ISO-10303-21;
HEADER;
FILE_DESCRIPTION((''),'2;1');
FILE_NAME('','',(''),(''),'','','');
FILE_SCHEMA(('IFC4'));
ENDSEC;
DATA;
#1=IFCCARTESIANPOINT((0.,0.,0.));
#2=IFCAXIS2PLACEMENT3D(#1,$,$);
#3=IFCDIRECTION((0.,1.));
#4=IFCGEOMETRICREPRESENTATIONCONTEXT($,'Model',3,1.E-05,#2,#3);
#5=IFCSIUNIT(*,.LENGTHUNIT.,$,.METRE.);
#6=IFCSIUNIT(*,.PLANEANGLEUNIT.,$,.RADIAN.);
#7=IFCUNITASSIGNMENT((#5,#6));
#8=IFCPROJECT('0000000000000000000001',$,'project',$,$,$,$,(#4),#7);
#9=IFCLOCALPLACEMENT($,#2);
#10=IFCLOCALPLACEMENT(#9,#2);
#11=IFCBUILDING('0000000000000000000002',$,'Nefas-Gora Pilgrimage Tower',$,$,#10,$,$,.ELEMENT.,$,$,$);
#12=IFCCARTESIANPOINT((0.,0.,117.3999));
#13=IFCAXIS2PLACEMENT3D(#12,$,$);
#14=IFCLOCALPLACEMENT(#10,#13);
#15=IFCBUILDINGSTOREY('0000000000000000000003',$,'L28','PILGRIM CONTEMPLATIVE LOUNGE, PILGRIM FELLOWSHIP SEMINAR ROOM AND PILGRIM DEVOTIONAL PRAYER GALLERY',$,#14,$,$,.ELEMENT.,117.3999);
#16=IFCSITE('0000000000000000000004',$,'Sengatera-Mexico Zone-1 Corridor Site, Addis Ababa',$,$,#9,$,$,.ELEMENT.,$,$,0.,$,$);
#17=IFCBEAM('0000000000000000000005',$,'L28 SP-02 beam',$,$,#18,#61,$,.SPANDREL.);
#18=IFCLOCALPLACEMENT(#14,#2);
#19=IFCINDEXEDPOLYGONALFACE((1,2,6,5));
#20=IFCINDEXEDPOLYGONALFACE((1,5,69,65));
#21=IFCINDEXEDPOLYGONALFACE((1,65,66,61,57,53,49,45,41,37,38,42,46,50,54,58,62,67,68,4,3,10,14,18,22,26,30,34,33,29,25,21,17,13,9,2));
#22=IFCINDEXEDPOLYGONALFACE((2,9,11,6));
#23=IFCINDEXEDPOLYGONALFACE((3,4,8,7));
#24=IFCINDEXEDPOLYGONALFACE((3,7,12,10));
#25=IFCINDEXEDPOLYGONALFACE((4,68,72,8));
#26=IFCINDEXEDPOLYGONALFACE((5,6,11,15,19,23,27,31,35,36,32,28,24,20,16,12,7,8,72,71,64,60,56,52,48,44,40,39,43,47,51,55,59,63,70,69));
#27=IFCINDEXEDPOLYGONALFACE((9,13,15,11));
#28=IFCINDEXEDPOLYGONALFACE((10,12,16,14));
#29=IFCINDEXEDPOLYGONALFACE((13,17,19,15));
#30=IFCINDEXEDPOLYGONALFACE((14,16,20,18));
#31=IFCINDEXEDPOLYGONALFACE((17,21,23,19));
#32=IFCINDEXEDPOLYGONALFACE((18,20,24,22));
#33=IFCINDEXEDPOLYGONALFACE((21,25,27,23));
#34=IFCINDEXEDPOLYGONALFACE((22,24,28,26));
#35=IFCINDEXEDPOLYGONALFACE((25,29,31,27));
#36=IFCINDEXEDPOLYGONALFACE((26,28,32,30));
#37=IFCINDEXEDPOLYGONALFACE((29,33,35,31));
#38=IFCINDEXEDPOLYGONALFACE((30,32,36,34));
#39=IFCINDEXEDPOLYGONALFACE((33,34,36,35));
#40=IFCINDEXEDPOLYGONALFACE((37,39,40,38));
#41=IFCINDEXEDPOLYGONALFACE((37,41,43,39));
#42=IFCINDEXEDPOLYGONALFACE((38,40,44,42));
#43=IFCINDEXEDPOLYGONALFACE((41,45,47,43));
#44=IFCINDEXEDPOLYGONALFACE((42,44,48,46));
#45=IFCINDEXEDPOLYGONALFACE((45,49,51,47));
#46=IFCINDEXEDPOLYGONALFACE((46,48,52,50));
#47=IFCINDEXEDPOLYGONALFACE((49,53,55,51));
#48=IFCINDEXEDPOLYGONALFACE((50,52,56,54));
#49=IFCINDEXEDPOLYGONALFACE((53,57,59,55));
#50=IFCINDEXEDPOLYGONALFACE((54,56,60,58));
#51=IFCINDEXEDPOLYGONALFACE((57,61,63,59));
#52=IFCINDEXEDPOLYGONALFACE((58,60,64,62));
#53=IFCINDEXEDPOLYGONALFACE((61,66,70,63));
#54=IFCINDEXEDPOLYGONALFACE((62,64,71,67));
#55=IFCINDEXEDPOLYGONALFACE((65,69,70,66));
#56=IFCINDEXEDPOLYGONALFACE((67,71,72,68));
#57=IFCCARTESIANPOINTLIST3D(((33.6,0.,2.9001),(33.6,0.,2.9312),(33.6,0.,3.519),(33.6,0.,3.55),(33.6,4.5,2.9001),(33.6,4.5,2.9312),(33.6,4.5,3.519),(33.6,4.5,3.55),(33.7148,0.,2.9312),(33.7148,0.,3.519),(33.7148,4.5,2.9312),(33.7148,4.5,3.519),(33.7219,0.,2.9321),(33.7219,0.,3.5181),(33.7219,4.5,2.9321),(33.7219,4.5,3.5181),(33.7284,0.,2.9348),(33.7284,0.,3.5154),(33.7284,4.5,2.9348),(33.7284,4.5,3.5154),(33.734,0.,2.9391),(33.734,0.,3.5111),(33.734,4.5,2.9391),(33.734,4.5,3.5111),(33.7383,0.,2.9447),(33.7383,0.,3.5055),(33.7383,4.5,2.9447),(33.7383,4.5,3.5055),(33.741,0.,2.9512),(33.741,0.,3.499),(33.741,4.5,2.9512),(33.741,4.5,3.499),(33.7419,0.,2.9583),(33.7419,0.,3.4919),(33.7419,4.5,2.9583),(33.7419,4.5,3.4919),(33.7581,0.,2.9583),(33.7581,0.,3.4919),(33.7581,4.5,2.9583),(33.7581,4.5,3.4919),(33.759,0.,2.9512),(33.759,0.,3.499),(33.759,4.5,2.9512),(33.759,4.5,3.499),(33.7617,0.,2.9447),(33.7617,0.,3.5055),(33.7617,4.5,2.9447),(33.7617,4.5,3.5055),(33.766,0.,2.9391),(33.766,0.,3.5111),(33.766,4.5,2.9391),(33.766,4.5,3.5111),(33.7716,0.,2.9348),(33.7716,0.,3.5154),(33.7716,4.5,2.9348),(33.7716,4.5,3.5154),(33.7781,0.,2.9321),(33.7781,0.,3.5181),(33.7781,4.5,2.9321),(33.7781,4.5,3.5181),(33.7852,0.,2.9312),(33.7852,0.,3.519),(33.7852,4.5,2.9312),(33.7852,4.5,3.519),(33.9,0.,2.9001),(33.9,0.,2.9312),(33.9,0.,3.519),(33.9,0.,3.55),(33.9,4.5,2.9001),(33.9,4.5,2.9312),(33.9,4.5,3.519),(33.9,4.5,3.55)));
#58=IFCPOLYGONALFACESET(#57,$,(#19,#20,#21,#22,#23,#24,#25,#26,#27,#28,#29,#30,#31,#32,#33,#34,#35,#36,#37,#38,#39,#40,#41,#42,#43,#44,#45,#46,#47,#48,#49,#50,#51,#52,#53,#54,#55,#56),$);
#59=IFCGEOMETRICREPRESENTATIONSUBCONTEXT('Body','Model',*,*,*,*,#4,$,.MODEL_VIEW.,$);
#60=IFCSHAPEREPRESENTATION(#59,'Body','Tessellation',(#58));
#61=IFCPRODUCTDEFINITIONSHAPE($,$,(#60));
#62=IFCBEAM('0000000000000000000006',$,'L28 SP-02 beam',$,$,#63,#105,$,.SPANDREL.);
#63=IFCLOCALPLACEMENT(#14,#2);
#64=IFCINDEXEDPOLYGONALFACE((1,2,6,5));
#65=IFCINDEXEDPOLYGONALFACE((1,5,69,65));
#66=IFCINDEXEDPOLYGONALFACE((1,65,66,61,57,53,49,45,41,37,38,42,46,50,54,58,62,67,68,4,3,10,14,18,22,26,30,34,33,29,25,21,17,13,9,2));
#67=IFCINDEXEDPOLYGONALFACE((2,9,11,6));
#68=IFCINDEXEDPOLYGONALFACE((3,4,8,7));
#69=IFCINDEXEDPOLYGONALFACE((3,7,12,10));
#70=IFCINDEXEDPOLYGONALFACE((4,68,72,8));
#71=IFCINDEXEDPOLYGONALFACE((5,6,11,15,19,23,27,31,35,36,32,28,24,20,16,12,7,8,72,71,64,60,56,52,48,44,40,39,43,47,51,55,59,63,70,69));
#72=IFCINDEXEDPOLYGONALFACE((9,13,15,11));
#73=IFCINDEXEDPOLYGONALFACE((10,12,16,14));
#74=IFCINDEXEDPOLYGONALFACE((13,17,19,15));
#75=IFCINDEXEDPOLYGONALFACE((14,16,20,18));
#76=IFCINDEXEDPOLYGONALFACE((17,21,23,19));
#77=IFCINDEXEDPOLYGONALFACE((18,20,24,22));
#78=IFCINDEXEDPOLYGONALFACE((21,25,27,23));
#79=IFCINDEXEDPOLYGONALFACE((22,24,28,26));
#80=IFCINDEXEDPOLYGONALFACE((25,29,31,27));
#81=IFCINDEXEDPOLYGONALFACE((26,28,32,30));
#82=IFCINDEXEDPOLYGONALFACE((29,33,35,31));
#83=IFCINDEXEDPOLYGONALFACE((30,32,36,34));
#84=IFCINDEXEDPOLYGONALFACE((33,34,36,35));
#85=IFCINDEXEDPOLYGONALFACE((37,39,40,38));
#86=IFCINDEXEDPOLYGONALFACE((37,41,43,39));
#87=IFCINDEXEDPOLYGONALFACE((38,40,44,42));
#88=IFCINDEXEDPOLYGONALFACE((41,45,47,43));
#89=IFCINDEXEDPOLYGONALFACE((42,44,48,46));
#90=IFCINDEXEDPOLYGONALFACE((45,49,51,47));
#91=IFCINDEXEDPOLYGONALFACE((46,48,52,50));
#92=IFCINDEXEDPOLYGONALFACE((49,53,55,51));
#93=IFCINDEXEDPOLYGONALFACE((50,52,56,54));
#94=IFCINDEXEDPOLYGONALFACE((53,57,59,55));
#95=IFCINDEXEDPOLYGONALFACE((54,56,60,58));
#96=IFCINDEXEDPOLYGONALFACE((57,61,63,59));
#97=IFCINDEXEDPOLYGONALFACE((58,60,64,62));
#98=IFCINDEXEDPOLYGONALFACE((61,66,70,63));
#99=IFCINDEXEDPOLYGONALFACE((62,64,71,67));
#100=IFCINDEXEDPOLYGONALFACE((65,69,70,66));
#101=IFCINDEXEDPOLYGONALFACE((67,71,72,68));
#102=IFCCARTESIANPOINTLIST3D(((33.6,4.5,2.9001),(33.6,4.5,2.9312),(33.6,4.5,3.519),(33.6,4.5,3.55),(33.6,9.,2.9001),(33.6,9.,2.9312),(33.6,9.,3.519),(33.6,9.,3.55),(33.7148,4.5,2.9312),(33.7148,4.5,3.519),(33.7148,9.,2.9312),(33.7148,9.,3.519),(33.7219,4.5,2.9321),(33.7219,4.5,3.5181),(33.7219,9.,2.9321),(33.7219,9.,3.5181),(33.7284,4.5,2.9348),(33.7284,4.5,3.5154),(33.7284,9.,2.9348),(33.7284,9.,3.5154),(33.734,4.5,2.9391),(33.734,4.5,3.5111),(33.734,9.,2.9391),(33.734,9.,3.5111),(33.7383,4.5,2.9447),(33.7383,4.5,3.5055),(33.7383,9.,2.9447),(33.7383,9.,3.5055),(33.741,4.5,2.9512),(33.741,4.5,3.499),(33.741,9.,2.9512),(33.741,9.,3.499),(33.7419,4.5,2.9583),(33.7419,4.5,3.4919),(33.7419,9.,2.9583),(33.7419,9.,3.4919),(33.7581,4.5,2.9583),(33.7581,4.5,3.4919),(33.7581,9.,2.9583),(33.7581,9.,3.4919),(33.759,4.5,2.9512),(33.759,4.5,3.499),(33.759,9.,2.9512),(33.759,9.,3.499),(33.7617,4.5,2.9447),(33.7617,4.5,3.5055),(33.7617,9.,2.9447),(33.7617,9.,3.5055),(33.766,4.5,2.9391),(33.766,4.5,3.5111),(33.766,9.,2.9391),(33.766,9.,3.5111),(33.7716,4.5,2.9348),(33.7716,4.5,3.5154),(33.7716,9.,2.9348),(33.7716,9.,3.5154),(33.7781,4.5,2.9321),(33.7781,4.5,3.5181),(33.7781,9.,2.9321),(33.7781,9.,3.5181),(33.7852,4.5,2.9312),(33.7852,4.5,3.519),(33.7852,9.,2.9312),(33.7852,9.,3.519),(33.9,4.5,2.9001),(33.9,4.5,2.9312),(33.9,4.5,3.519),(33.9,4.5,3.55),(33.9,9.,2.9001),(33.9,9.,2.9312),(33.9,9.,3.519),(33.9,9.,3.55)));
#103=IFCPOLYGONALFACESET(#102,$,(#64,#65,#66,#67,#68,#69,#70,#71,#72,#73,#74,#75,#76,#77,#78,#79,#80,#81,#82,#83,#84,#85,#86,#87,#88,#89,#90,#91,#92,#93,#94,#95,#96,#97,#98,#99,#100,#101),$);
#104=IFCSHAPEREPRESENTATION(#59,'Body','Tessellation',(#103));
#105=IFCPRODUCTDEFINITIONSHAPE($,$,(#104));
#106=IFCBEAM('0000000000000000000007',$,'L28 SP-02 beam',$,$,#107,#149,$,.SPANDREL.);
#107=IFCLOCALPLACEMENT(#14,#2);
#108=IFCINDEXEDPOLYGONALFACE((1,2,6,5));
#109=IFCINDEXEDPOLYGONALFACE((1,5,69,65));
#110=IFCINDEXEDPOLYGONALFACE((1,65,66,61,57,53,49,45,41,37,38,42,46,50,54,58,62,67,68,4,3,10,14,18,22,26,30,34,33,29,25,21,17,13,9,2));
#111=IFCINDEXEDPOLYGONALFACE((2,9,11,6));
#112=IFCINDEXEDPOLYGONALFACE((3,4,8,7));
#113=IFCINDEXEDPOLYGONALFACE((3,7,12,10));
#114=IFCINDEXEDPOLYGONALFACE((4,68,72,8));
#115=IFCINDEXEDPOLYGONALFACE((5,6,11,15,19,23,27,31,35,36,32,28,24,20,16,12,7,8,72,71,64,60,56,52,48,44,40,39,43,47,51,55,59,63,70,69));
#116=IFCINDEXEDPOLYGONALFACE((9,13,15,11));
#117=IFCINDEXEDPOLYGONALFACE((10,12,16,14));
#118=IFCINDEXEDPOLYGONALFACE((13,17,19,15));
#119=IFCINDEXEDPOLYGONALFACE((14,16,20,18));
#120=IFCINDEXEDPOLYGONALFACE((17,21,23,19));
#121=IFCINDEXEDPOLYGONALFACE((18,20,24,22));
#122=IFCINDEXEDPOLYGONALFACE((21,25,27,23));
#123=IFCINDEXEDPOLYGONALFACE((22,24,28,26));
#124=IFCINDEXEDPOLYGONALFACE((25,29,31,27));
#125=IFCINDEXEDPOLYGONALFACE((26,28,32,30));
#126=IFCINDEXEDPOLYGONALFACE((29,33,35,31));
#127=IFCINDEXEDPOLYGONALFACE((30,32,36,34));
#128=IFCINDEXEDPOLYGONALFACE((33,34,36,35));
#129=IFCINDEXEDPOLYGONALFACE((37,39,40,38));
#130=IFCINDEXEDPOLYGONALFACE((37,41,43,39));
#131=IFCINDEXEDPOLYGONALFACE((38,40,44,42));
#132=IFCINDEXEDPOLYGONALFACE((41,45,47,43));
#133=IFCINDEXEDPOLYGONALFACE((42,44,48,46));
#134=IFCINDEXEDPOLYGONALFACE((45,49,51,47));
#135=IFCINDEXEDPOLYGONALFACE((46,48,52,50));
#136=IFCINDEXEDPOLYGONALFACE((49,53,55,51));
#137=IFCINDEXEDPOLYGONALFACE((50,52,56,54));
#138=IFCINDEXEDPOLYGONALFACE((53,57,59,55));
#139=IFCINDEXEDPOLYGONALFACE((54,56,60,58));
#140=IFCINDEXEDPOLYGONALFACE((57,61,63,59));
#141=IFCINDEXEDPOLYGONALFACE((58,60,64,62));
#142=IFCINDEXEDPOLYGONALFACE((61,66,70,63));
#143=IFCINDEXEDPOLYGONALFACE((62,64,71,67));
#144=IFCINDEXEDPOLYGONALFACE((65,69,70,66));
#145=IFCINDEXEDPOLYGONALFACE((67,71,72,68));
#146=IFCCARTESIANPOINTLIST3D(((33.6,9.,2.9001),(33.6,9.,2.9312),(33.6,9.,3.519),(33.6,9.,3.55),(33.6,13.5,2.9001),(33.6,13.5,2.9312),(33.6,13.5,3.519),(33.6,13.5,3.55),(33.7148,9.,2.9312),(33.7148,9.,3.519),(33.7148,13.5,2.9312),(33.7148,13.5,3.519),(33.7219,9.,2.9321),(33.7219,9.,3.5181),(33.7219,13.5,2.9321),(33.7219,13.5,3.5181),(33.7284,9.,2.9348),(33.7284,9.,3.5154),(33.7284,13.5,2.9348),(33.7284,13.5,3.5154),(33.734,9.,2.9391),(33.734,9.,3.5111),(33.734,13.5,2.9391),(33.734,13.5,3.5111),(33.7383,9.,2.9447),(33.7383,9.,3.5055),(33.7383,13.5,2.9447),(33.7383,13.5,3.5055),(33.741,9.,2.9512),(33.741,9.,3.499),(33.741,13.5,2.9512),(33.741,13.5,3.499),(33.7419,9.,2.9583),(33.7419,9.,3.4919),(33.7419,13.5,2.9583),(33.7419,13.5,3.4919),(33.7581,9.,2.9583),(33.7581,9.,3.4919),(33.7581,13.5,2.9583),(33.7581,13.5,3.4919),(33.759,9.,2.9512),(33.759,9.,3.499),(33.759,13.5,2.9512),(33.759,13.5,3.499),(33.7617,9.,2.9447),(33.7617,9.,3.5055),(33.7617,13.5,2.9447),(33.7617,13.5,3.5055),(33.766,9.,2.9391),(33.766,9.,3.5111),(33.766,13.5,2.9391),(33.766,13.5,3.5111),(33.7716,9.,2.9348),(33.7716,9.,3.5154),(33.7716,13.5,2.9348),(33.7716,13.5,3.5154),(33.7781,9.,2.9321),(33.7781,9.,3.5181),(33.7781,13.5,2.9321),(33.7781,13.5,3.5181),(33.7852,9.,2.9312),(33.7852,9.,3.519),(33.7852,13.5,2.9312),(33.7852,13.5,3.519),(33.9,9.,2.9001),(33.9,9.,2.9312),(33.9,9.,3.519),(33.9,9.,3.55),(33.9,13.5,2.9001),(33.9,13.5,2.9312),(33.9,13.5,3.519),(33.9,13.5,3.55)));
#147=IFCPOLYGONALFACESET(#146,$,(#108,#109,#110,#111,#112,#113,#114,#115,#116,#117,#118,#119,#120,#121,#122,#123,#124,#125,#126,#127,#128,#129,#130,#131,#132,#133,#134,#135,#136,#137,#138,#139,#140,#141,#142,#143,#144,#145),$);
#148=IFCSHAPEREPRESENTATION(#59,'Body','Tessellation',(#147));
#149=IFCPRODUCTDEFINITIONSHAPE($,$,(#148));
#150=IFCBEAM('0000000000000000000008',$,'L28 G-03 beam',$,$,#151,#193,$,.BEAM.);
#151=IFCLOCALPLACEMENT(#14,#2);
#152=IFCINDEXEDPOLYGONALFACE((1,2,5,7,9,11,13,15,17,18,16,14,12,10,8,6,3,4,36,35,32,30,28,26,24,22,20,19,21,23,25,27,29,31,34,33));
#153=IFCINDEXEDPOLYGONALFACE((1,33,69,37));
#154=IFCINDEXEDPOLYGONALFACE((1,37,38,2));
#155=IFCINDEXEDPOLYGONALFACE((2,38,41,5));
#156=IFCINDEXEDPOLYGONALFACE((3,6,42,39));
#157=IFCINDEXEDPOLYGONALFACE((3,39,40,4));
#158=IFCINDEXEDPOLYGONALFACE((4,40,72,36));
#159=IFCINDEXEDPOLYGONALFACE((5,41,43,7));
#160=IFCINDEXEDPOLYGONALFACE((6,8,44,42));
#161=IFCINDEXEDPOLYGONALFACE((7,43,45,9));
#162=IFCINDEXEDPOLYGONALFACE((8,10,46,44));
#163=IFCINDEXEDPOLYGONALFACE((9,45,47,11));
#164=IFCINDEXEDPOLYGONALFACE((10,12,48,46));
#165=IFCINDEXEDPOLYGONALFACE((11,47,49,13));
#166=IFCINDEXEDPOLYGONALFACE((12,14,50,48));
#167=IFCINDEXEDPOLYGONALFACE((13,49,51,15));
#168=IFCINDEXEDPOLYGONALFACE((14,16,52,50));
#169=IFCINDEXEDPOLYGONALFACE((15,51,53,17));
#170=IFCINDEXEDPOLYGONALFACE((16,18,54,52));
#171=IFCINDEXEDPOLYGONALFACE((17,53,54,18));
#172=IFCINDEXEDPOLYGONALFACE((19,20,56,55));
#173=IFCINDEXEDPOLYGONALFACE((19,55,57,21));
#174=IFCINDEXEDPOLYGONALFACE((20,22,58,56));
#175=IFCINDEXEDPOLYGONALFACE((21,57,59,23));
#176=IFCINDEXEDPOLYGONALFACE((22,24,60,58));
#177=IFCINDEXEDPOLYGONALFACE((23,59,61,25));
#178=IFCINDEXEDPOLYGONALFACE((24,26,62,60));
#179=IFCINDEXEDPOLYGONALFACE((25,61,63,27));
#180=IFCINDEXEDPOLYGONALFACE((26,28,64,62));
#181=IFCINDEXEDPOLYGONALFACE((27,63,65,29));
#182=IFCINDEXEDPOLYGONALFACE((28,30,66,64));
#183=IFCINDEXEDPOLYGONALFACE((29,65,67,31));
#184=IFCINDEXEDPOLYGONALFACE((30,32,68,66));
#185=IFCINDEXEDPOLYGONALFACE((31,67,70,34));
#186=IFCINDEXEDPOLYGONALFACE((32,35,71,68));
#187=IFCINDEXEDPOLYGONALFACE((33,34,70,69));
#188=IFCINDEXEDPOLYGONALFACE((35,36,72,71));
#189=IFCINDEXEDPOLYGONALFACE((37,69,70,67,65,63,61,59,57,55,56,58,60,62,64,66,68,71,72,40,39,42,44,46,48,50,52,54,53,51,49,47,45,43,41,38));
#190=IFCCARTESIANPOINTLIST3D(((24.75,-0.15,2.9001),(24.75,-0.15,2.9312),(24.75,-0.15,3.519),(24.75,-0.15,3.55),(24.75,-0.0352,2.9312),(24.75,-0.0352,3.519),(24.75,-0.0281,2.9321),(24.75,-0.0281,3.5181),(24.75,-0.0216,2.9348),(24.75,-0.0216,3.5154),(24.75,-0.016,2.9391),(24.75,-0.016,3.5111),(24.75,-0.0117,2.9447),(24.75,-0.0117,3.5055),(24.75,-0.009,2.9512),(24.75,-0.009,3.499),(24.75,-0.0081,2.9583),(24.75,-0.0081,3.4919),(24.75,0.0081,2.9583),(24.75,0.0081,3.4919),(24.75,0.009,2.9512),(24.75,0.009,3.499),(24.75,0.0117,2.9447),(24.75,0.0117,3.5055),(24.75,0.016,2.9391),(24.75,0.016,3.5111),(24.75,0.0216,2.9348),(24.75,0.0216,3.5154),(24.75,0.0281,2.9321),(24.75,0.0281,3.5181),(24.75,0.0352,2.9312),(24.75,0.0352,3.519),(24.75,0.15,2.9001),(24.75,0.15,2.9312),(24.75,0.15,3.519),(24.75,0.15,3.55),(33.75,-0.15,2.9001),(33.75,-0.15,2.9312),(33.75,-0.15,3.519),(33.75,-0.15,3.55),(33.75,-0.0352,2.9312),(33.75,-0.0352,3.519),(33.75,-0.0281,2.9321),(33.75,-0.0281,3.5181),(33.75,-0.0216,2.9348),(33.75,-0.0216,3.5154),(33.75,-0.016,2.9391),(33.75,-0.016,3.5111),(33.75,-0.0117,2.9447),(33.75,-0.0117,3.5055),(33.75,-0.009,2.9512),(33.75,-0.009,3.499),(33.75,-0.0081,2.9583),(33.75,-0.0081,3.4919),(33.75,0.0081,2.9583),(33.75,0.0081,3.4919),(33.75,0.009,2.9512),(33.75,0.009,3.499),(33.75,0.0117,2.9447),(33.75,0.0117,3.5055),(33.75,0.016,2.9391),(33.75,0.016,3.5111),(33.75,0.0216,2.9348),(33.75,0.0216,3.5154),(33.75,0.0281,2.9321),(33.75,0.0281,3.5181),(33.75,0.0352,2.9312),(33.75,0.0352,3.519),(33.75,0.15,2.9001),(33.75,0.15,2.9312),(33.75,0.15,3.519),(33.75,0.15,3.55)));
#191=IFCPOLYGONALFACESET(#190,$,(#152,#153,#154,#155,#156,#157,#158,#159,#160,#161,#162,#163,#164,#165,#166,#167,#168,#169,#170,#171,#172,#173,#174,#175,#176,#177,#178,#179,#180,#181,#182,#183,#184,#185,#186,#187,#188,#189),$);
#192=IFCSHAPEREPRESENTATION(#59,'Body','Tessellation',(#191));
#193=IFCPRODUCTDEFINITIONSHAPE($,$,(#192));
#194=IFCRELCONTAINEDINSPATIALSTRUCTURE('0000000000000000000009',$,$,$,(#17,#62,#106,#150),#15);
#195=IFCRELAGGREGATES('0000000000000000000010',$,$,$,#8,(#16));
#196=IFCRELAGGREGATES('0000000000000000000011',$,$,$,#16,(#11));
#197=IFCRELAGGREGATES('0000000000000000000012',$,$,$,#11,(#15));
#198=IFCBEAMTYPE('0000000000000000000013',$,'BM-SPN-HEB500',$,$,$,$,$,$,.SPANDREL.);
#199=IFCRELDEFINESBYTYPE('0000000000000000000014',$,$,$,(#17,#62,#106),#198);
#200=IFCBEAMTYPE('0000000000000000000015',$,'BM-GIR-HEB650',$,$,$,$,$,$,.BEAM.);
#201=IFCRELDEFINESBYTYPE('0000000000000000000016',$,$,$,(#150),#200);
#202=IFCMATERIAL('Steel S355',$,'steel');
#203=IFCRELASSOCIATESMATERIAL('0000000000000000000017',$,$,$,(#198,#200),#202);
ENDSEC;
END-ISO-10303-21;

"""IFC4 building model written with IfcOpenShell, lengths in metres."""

from ifc_helpers import new_model, si_unit, direction, frame, origin, origin_2d, place, context, subcontext, project, spatial, i_section, extrude, source, transform, mapped, material, material_profile, profile_set, type_object, element, save


model = new_model("IFC4")

# Units and contexts
model_context = context("Model", 3, precision=1e-05, world=origin(), true_north=direction((0.0, 1.0)))
body_context = subcontext(model_context, "Body", "Model", "MODEL_VIEW")
ifc_project = project(units=[si_unit("LENGTHUNIT", "METRE"), si_unit("PLANEANGLEUNIT", "RADIAN")], contexts=[model_context])

# Site, building, storey
site_placement = place(None, origin())
site = spatial("IfcSite", under=ifc_project, at=site_placement, Name="Sengatera-Mexico Zone-1 Corridor Site, Addis Ababa", CompositionType="ELEMENT", RefElevation=0.0)
building_placement = place(site_placement, origin())
building = spatial("IfcBuilding", under=site, at=building_placement, Name="Nefas-Gora Pilgrimage Tower", CompositionType="ELEMENT")
storey_placement = place(building_placement, frame((0.0, 0.0, 117.3999)))
storey = spatial("IfcBuildingStorey", under=building, at=storey_placement, Name="L28", Description="PILGRIM CONTEMPLATIVE LOUNGE, PILGRIM FELLOWSHIP SEMINAR ROOM AND PILGRIM DEVOTIONAL PRAYER GALLERY", CompositionType="ELEMENT", Elevation=117.3999)

# Beams
ifc_material_1 = material(Name="Steel S355", Category="steel")
ifc_material_profile_1 = material_profile(ifc_material_1, i_section(OverallWidth=0.3, OverallDepth=0.6499, WebThickness=0.0161, FlangeThickness=0.031, FilletRadius=0.0271, at=origin_2d()), Name="HEB 650")
ifc_profile_set_1 = profile_set([ifc_material_profile_1], Name="Steel S355")
beam_type_1 = type_object("IfcBeamType", Name="BM-SPN-HEB500", PredefinedType="SPANDREL", material=ifc_profile_set_1)
shared_shape_1 = source(origin(), body_context, "Body", "SweptSolid", [
    extrude(i_section(OverallWidth=0.3, OverallDepth=0.6499, WebThickness=0.0161, FlangeThickness=0.031, FilletRadius=0.0271, at=origin_2d()), origin(), (0.0, 0.0, 1.0), 4.5),
])
for number, where, z_axis, x_axis, name in (
    (1, (33.75, 0.0, 3.2251), (0.0, 1.0, 0.0), (-1.0, 0.0, 0.0), "L28 SP-02 beam"),
    (2, (33.75, 4.5, 3.2251), (0.0, 1.0, 0.0), (-1.0, 0.0, 0.0), "L28 SP-02 beam"),
    (3, (33.75, 9.0, 3.2251), (0.0, 1.0, 0.0), (-1.0, 0.0, 0.0), "L28 SP-02 beam"),
):
    element("IfcBeam", number, at=place(storey_placement, frame(where, z_axis=z_axis, x_axis=x_axis)), inside=storey, type_object=beam_type_1, Name=name, PredefinedType="SPANDREL", context=body_context, shape_type="MappedRepresentation", body=[
        mapped(shared_shape_1, transform((0.0, 0.0, 0.0), x_axis=(1.0, 0.0, 0.0), y_axis=(0.0, 1.0, 0.0), z_axis=(0.0, 0.0, 1.0), scale=1.0)),
    ])
ifc_material_profile_2 = material_profile(ifc_material_1, i_section(OverallWidth=0.3, OverallDepth=0.6499, WebThickness=0.0161, FlangeThickness=0.031, FilletRadius=0.0271, at=origin_2d()), Name="HEB 650")
ifc_profile_set_2 = profile_set([ifc_material_profile_2], Name="Steel S355")
beam_type_2 = type_object("IfcBeamType", Name="BM-GIR-HEB650", PredefinedType="BEAM", material=ifc_profile_set_2)
shared_shape_2 = source(origin(), body_context, "Body", "SweptSolid", [
    extrude(i_section(OverallWidth=0.3, OverallDepth=0.6499, WebThickness=0.0161, FlangeThickness=0.031, FilletRadius=0.0271, at=origin_2d()), origin(), (0.0, 0.0, 1.0), 9.0),
])
for number, where, z_axis, x_axis, name in (
    (4, (24.75, 0.0, 3.2251), (1.0, 0.0, 0.0), (0.0, 1.0, 0.0), "L28 G-03 beam"),
):
    element("IfcBeam", number, at=place(storey_placement, frame(where, z_axis=z_axis, x_axis=x_axis)), inside=storey, type_object=beam_type_2, Name=name, PredefinedType="BEAM", context=body_context, shape_type="MappedRepresentation", body=[
        mapped(shared_shape_2, transform((0.0, 0.0, 0.0), x_axis=(1.0, 0.0, 0.0), y_axis=(0.0, 1.0, 0.0), z_axis=(0.0, 0.0, 1.0), scale=1.0)),
    ])

save(model, "model.ifc")
